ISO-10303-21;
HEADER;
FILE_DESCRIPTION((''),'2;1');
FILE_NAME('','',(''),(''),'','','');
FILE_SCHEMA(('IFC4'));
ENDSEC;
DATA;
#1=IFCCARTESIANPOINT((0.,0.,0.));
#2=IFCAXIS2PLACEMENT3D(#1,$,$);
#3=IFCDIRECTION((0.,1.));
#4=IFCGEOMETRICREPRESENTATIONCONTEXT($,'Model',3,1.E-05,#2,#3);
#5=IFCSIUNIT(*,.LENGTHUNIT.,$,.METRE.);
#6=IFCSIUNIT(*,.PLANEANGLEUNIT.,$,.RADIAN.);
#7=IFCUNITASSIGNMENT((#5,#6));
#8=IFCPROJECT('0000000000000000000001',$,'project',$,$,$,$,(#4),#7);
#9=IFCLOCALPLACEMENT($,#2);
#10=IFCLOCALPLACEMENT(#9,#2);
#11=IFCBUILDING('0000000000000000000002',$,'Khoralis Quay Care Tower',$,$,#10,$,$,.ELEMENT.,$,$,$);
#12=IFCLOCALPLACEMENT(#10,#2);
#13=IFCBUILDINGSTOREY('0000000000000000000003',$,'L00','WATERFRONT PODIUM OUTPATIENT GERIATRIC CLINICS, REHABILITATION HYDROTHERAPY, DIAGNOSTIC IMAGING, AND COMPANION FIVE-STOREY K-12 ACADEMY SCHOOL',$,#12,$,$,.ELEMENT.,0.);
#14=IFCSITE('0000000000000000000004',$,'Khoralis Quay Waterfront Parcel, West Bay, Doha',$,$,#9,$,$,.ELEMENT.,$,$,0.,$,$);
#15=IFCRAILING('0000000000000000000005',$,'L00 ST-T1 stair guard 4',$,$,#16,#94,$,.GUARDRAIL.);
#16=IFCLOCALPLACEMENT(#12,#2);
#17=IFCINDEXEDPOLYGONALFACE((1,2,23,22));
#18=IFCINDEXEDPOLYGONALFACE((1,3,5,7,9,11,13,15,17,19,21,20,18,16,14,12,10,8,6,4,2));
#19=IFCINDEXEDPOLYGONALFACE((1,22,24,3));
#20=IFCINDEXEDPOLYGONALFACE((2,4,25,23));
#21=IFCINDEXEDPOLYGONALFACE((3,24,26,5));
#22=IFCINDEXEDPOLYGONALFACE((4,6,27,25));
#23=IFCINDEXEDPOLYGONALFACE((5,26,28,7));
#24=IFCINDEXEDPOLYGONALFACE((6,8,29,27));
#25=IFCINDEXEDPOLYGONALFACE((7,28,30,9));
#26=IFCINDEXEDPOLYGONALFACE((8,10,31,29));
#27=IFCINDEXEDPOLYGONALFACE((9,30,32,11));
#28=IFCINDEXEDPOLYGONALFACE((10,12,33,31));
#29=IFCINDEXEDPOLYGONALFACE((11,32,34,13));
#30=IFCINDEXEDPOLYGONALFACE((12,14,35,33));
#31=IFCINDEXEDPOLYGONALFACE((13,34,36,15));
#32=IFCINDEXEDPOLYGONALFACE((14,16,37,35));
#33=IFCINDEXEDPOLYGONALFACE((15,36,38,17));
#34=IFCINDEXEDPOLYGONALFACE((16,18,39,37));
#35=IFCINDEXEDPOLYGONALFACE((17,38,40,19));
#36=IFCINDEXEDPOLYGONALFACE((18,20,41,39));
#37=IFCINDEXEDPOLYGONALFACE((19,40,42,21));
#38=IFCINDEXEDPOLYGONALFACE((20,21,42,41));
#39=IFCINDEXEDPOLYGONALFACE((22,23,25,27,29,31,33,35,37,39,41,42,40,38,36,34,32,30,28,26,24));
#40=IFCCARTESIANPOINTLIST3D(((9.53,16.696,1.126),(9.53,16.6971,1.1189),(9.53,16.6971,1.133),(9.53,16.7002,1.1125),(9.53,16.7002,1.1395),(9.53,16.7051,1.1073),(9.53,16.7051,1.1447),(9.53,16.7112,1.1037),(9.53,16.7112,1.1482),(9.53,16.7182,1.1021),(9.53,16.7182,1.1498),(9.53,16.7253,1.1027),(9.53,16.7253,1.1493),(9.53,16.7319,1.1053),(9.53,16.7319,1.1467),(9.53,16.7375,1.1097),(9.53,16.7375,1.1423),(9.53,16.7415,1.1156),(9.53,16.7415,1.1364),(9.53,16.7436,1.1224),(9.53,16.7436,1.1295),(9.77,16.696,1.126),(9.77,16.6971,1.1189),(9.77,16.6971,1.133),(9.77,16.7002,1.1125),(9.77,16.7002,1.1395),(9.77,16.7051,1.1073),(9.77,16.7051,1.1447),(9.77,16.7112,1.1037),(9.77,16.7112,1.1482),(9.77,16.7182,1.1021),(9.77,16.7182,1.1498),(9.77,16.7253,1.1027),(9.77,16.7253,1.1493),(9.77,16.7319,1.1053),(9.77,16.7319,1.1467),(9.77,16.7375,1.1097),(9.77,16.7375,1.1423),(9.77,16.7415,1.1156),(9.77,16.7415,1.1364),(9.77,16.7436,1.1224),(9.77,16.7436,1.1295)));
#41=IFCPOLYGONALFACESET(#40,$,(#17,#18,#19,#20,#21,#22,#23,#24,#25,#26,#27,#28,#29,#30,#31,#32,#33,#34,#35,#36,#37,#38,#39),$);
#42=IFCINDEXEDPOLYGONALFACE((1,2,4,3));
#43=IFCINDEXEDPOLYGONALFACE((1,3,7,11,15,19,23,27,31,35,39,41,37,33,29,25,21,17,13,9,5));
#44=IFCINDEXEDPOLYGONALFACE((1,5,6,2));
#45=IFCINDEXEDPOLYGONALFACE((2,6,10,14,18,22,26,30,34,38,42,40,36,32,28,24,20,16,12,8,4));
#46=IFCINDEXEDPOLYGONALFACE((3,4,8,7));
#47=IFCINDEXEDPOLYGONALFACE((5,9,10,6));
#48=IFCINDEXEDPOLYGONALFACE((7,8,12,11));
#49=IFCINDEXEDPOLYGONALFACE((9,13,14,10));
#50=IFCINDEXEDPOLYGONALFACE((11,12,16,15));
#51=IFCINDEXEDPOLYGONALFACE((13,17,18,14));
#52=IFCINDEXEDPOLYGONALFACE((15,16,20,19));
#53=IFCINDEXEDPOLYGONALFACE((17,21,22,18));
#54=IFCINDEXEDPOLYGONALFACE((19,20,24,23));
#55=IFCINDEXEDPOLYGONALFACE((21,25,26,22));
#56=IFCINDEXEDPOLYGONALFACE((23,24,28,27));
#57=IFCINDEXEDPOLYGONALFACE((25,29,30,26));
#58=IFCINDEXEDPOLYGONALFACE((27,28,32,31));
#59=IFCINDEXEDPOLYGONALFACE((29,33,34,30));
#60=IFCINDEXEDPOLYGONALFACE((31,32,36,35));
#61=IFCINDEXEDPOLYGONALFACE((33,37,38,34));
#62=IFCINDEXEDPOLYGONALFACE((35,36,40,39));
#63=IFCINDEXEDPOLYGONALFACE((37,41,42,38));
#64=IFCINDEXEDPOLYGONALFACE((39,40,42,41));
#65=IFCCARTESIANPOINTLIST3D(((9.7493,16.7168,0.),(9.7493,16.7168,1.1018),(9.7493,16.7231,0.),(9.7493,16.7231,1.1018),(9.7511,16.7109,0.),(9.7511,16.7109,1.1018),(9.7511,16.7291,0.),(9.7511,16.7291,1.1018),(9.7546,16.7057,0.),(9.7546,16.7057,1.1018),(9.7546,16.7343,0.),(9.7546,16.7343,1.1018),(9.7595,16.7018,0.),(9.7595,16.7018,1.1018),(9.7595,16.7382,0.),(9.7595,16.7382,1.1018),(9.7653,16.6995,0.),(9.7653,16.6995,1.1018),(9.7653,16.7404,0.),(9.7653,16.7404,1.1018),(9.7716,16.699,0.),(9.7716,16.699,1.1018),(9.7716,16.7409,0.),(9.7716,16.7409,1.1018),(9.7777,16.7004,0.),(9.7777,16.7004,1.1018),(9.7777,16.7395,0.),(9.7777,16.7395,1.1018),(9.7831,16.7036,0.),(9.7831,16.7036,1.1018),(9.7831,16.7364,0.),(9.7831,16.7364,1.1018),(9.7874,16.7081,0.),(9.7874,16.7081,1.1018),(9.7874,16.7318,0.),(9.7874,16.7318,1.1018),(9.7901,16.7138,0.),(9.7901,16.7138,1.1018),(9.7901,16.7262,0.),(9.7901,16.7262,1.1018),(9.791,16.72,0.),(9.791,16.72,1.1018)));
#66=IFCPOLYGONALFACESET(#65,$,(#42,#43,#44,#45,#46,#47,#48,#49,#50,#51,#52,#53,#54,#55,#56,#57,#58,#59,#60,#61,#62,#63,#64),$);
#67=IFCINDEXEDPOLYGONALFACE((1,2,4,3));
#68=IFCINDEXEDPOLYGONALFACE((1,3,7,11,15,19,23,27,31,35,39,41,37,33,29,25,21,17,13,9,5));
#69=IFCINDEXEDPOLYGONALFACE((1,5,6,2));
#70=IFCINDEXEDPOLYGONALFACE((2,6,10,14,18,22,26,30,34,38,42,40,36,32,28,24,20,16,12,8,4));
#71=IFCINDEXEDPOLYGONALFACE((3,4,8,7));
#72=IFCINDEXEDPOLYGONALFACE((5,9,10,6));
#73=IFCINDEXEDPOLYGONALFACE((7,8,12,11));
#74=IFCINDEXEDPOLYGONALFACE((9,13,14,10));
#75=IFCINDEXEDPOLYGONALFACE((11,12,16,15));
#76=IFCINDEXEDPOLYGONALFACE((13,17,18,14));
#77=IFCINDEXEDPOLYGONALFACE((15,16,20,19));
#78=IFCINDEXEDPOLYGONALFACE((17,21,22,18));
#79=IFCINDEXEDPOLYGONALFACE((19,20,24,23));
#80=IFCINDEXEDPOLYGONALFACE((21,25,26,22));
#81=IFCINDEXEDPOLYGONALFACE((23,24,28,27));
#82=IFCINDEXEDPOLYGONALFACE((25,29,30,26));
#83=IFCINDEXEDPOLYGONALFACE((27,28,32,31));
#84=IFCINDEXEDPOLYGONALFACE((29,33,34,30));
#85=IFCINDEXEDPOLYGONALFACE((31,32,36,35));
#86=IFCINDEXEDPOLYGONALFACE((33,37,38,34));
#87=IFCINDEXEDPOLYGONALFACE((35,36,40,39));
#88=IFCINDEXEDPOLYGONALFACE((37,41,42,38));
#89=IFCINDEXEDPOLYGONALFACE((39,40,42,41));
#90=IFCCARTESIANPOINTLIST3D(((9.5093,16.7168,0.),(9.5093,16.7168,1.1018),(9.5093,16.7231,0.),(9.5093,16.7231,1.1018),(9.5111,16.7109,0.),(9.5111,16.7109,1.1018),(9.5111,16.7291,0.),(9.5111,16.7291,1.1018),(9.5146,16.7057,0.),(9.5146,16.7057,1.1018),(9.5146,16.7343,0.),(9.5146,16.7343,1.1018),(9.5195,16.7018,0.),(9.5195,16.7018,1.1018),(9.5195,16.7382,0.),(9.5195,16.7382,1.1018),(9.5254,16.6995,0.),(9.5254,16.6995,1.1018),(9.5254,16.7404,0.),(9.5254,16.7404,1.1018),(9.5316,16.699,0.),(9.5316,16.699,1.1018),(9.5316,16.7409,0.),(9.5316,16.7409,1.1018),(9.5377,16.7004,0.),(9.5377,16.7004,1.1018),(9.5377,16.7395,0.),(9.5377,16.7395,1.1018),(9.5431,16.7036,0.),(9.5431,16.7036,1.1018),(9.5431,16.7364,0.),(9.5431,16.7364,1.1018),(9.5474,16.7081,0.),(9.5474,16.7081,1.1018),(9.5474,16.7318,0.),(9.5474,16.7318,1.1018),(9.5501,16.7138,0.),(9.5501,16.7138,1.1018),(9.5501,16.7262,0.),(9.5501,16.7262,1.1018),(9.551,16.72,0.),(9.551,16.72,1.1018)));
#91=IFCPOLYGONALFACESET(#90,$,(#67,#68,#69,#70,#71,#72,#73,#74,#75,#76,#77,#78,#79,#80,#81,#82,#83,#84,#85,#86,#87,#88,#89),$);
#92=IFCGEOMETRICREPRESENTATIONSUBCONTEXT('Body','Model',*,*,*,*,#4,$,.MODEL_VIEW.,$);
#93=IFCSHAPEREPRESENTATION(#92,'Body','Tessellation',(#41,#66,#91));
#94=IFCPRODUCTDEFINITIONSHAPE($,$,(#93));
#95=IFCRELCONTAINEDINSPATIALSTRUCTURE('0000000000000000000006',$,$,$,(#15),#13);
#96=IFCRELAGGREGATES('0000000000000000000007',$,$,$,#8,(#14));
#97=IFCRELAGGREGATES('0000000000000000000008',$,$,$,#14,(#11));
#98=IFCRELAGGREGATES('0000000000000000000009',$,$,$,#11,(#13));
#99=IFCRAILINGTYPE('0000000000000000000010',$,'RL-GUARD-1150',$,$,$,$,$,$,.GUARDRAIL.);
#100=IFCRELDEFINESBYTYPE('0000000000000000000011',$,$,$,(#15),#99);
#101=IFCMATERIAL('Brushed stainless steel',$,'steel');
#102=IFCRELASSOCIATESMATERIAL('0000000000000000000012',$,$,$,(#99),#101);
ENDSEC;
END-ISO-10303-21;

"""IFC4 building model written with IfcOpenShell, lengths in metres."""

from ifc_helpers import new_model, si_unit, direction, frame, origin, origin_2d, place, context, subcontext, project, spatial, circle, extrude, material, type_object, element, save


model = new_model("IFC4")

# Units and contexts
model_context = context("Model", 3, precision=1e-05, world=origin(), true_north=direction((0.0, 1.0)))
body_context = subcontext(model_context, "Body", "Model", "MODEL_VIEW")
ifc_project = project(units=[si_unit("LENGTHUNIT", "METRE"), si_unit("PLANEANGLEUNIT", "RADIAN")], contexts=[model_context])

# Site, building, storey
site_placement = place(None, origin())
site = spatial("IfcSite", under=ifc_project, at=site_placement, Name="Khoralis Quay Waterfront Parcel, West Bay, Doha", CompositionType="ELEMENT", RefElevation=0.0)
building_placement = place(site_placement, origin())
building = spatial("IfcBuilding", under=site, at=building_placement, Name="Khoralis Quay Care Tower", CompositionType="ELEMENT")
storey_placement = place(building_placement, origin())
storey = spatial("IfcBuildingStorey", under=building, at=storey_placement, Name="L00", Description="WATERFRONT PODIUM OUTPATIENT GERIATRIC CLINICS, REHABILITATION HYDROTHERAPY, DIAGNOSTIC IMAGING, AND COMPANION FIVE-STOREY K-12 ACADEMY SCHOOL", CompositionType="ELEMENT", Elevation=0.0)

# Shared definitions
ifc_material_1 = material(Name="Brushed stainless steel", Category="steel")

# Railing
railing_type_1 = type_object("IfcRailingType", Name="RL-GUARD-1150", PredefinedType="GUARDRAIL", material=ifc_material_1)
railing_1_placement = place(storey_placement, frame((9.77, 16.72, 0.0)))
element("IfcRailing", 1, at=railing_1_placement, inside=storey, type_object=railing_type_1, Name="L00 ST-T1 stair guard 4", PredefinedType="GUARDRAIL", context=body_context, shape_type="SweptSolid", body=[
    extrude(circle(Radius=0.0239, at=origin_2d()), frame((0.0, 0.0, 1.126), z_axis=(-1.0, 0.0, 0.0), x_axis=(0.0, -1.0, 0.0)), (0.0, 0.0, 1.0), 0.24),
    extrude(circle(Radius=0.021, at=origin_2d()), origin(), (0.0, 0.0, 1.0), 1.1018),
    extrude(circle(Radius=0.021, at=origin_2d()), frame((-0.24, 0.0, 0.0)), (0.0, 0.0, 1.0), 1.1018),
])

save(model, "model.ifc")
